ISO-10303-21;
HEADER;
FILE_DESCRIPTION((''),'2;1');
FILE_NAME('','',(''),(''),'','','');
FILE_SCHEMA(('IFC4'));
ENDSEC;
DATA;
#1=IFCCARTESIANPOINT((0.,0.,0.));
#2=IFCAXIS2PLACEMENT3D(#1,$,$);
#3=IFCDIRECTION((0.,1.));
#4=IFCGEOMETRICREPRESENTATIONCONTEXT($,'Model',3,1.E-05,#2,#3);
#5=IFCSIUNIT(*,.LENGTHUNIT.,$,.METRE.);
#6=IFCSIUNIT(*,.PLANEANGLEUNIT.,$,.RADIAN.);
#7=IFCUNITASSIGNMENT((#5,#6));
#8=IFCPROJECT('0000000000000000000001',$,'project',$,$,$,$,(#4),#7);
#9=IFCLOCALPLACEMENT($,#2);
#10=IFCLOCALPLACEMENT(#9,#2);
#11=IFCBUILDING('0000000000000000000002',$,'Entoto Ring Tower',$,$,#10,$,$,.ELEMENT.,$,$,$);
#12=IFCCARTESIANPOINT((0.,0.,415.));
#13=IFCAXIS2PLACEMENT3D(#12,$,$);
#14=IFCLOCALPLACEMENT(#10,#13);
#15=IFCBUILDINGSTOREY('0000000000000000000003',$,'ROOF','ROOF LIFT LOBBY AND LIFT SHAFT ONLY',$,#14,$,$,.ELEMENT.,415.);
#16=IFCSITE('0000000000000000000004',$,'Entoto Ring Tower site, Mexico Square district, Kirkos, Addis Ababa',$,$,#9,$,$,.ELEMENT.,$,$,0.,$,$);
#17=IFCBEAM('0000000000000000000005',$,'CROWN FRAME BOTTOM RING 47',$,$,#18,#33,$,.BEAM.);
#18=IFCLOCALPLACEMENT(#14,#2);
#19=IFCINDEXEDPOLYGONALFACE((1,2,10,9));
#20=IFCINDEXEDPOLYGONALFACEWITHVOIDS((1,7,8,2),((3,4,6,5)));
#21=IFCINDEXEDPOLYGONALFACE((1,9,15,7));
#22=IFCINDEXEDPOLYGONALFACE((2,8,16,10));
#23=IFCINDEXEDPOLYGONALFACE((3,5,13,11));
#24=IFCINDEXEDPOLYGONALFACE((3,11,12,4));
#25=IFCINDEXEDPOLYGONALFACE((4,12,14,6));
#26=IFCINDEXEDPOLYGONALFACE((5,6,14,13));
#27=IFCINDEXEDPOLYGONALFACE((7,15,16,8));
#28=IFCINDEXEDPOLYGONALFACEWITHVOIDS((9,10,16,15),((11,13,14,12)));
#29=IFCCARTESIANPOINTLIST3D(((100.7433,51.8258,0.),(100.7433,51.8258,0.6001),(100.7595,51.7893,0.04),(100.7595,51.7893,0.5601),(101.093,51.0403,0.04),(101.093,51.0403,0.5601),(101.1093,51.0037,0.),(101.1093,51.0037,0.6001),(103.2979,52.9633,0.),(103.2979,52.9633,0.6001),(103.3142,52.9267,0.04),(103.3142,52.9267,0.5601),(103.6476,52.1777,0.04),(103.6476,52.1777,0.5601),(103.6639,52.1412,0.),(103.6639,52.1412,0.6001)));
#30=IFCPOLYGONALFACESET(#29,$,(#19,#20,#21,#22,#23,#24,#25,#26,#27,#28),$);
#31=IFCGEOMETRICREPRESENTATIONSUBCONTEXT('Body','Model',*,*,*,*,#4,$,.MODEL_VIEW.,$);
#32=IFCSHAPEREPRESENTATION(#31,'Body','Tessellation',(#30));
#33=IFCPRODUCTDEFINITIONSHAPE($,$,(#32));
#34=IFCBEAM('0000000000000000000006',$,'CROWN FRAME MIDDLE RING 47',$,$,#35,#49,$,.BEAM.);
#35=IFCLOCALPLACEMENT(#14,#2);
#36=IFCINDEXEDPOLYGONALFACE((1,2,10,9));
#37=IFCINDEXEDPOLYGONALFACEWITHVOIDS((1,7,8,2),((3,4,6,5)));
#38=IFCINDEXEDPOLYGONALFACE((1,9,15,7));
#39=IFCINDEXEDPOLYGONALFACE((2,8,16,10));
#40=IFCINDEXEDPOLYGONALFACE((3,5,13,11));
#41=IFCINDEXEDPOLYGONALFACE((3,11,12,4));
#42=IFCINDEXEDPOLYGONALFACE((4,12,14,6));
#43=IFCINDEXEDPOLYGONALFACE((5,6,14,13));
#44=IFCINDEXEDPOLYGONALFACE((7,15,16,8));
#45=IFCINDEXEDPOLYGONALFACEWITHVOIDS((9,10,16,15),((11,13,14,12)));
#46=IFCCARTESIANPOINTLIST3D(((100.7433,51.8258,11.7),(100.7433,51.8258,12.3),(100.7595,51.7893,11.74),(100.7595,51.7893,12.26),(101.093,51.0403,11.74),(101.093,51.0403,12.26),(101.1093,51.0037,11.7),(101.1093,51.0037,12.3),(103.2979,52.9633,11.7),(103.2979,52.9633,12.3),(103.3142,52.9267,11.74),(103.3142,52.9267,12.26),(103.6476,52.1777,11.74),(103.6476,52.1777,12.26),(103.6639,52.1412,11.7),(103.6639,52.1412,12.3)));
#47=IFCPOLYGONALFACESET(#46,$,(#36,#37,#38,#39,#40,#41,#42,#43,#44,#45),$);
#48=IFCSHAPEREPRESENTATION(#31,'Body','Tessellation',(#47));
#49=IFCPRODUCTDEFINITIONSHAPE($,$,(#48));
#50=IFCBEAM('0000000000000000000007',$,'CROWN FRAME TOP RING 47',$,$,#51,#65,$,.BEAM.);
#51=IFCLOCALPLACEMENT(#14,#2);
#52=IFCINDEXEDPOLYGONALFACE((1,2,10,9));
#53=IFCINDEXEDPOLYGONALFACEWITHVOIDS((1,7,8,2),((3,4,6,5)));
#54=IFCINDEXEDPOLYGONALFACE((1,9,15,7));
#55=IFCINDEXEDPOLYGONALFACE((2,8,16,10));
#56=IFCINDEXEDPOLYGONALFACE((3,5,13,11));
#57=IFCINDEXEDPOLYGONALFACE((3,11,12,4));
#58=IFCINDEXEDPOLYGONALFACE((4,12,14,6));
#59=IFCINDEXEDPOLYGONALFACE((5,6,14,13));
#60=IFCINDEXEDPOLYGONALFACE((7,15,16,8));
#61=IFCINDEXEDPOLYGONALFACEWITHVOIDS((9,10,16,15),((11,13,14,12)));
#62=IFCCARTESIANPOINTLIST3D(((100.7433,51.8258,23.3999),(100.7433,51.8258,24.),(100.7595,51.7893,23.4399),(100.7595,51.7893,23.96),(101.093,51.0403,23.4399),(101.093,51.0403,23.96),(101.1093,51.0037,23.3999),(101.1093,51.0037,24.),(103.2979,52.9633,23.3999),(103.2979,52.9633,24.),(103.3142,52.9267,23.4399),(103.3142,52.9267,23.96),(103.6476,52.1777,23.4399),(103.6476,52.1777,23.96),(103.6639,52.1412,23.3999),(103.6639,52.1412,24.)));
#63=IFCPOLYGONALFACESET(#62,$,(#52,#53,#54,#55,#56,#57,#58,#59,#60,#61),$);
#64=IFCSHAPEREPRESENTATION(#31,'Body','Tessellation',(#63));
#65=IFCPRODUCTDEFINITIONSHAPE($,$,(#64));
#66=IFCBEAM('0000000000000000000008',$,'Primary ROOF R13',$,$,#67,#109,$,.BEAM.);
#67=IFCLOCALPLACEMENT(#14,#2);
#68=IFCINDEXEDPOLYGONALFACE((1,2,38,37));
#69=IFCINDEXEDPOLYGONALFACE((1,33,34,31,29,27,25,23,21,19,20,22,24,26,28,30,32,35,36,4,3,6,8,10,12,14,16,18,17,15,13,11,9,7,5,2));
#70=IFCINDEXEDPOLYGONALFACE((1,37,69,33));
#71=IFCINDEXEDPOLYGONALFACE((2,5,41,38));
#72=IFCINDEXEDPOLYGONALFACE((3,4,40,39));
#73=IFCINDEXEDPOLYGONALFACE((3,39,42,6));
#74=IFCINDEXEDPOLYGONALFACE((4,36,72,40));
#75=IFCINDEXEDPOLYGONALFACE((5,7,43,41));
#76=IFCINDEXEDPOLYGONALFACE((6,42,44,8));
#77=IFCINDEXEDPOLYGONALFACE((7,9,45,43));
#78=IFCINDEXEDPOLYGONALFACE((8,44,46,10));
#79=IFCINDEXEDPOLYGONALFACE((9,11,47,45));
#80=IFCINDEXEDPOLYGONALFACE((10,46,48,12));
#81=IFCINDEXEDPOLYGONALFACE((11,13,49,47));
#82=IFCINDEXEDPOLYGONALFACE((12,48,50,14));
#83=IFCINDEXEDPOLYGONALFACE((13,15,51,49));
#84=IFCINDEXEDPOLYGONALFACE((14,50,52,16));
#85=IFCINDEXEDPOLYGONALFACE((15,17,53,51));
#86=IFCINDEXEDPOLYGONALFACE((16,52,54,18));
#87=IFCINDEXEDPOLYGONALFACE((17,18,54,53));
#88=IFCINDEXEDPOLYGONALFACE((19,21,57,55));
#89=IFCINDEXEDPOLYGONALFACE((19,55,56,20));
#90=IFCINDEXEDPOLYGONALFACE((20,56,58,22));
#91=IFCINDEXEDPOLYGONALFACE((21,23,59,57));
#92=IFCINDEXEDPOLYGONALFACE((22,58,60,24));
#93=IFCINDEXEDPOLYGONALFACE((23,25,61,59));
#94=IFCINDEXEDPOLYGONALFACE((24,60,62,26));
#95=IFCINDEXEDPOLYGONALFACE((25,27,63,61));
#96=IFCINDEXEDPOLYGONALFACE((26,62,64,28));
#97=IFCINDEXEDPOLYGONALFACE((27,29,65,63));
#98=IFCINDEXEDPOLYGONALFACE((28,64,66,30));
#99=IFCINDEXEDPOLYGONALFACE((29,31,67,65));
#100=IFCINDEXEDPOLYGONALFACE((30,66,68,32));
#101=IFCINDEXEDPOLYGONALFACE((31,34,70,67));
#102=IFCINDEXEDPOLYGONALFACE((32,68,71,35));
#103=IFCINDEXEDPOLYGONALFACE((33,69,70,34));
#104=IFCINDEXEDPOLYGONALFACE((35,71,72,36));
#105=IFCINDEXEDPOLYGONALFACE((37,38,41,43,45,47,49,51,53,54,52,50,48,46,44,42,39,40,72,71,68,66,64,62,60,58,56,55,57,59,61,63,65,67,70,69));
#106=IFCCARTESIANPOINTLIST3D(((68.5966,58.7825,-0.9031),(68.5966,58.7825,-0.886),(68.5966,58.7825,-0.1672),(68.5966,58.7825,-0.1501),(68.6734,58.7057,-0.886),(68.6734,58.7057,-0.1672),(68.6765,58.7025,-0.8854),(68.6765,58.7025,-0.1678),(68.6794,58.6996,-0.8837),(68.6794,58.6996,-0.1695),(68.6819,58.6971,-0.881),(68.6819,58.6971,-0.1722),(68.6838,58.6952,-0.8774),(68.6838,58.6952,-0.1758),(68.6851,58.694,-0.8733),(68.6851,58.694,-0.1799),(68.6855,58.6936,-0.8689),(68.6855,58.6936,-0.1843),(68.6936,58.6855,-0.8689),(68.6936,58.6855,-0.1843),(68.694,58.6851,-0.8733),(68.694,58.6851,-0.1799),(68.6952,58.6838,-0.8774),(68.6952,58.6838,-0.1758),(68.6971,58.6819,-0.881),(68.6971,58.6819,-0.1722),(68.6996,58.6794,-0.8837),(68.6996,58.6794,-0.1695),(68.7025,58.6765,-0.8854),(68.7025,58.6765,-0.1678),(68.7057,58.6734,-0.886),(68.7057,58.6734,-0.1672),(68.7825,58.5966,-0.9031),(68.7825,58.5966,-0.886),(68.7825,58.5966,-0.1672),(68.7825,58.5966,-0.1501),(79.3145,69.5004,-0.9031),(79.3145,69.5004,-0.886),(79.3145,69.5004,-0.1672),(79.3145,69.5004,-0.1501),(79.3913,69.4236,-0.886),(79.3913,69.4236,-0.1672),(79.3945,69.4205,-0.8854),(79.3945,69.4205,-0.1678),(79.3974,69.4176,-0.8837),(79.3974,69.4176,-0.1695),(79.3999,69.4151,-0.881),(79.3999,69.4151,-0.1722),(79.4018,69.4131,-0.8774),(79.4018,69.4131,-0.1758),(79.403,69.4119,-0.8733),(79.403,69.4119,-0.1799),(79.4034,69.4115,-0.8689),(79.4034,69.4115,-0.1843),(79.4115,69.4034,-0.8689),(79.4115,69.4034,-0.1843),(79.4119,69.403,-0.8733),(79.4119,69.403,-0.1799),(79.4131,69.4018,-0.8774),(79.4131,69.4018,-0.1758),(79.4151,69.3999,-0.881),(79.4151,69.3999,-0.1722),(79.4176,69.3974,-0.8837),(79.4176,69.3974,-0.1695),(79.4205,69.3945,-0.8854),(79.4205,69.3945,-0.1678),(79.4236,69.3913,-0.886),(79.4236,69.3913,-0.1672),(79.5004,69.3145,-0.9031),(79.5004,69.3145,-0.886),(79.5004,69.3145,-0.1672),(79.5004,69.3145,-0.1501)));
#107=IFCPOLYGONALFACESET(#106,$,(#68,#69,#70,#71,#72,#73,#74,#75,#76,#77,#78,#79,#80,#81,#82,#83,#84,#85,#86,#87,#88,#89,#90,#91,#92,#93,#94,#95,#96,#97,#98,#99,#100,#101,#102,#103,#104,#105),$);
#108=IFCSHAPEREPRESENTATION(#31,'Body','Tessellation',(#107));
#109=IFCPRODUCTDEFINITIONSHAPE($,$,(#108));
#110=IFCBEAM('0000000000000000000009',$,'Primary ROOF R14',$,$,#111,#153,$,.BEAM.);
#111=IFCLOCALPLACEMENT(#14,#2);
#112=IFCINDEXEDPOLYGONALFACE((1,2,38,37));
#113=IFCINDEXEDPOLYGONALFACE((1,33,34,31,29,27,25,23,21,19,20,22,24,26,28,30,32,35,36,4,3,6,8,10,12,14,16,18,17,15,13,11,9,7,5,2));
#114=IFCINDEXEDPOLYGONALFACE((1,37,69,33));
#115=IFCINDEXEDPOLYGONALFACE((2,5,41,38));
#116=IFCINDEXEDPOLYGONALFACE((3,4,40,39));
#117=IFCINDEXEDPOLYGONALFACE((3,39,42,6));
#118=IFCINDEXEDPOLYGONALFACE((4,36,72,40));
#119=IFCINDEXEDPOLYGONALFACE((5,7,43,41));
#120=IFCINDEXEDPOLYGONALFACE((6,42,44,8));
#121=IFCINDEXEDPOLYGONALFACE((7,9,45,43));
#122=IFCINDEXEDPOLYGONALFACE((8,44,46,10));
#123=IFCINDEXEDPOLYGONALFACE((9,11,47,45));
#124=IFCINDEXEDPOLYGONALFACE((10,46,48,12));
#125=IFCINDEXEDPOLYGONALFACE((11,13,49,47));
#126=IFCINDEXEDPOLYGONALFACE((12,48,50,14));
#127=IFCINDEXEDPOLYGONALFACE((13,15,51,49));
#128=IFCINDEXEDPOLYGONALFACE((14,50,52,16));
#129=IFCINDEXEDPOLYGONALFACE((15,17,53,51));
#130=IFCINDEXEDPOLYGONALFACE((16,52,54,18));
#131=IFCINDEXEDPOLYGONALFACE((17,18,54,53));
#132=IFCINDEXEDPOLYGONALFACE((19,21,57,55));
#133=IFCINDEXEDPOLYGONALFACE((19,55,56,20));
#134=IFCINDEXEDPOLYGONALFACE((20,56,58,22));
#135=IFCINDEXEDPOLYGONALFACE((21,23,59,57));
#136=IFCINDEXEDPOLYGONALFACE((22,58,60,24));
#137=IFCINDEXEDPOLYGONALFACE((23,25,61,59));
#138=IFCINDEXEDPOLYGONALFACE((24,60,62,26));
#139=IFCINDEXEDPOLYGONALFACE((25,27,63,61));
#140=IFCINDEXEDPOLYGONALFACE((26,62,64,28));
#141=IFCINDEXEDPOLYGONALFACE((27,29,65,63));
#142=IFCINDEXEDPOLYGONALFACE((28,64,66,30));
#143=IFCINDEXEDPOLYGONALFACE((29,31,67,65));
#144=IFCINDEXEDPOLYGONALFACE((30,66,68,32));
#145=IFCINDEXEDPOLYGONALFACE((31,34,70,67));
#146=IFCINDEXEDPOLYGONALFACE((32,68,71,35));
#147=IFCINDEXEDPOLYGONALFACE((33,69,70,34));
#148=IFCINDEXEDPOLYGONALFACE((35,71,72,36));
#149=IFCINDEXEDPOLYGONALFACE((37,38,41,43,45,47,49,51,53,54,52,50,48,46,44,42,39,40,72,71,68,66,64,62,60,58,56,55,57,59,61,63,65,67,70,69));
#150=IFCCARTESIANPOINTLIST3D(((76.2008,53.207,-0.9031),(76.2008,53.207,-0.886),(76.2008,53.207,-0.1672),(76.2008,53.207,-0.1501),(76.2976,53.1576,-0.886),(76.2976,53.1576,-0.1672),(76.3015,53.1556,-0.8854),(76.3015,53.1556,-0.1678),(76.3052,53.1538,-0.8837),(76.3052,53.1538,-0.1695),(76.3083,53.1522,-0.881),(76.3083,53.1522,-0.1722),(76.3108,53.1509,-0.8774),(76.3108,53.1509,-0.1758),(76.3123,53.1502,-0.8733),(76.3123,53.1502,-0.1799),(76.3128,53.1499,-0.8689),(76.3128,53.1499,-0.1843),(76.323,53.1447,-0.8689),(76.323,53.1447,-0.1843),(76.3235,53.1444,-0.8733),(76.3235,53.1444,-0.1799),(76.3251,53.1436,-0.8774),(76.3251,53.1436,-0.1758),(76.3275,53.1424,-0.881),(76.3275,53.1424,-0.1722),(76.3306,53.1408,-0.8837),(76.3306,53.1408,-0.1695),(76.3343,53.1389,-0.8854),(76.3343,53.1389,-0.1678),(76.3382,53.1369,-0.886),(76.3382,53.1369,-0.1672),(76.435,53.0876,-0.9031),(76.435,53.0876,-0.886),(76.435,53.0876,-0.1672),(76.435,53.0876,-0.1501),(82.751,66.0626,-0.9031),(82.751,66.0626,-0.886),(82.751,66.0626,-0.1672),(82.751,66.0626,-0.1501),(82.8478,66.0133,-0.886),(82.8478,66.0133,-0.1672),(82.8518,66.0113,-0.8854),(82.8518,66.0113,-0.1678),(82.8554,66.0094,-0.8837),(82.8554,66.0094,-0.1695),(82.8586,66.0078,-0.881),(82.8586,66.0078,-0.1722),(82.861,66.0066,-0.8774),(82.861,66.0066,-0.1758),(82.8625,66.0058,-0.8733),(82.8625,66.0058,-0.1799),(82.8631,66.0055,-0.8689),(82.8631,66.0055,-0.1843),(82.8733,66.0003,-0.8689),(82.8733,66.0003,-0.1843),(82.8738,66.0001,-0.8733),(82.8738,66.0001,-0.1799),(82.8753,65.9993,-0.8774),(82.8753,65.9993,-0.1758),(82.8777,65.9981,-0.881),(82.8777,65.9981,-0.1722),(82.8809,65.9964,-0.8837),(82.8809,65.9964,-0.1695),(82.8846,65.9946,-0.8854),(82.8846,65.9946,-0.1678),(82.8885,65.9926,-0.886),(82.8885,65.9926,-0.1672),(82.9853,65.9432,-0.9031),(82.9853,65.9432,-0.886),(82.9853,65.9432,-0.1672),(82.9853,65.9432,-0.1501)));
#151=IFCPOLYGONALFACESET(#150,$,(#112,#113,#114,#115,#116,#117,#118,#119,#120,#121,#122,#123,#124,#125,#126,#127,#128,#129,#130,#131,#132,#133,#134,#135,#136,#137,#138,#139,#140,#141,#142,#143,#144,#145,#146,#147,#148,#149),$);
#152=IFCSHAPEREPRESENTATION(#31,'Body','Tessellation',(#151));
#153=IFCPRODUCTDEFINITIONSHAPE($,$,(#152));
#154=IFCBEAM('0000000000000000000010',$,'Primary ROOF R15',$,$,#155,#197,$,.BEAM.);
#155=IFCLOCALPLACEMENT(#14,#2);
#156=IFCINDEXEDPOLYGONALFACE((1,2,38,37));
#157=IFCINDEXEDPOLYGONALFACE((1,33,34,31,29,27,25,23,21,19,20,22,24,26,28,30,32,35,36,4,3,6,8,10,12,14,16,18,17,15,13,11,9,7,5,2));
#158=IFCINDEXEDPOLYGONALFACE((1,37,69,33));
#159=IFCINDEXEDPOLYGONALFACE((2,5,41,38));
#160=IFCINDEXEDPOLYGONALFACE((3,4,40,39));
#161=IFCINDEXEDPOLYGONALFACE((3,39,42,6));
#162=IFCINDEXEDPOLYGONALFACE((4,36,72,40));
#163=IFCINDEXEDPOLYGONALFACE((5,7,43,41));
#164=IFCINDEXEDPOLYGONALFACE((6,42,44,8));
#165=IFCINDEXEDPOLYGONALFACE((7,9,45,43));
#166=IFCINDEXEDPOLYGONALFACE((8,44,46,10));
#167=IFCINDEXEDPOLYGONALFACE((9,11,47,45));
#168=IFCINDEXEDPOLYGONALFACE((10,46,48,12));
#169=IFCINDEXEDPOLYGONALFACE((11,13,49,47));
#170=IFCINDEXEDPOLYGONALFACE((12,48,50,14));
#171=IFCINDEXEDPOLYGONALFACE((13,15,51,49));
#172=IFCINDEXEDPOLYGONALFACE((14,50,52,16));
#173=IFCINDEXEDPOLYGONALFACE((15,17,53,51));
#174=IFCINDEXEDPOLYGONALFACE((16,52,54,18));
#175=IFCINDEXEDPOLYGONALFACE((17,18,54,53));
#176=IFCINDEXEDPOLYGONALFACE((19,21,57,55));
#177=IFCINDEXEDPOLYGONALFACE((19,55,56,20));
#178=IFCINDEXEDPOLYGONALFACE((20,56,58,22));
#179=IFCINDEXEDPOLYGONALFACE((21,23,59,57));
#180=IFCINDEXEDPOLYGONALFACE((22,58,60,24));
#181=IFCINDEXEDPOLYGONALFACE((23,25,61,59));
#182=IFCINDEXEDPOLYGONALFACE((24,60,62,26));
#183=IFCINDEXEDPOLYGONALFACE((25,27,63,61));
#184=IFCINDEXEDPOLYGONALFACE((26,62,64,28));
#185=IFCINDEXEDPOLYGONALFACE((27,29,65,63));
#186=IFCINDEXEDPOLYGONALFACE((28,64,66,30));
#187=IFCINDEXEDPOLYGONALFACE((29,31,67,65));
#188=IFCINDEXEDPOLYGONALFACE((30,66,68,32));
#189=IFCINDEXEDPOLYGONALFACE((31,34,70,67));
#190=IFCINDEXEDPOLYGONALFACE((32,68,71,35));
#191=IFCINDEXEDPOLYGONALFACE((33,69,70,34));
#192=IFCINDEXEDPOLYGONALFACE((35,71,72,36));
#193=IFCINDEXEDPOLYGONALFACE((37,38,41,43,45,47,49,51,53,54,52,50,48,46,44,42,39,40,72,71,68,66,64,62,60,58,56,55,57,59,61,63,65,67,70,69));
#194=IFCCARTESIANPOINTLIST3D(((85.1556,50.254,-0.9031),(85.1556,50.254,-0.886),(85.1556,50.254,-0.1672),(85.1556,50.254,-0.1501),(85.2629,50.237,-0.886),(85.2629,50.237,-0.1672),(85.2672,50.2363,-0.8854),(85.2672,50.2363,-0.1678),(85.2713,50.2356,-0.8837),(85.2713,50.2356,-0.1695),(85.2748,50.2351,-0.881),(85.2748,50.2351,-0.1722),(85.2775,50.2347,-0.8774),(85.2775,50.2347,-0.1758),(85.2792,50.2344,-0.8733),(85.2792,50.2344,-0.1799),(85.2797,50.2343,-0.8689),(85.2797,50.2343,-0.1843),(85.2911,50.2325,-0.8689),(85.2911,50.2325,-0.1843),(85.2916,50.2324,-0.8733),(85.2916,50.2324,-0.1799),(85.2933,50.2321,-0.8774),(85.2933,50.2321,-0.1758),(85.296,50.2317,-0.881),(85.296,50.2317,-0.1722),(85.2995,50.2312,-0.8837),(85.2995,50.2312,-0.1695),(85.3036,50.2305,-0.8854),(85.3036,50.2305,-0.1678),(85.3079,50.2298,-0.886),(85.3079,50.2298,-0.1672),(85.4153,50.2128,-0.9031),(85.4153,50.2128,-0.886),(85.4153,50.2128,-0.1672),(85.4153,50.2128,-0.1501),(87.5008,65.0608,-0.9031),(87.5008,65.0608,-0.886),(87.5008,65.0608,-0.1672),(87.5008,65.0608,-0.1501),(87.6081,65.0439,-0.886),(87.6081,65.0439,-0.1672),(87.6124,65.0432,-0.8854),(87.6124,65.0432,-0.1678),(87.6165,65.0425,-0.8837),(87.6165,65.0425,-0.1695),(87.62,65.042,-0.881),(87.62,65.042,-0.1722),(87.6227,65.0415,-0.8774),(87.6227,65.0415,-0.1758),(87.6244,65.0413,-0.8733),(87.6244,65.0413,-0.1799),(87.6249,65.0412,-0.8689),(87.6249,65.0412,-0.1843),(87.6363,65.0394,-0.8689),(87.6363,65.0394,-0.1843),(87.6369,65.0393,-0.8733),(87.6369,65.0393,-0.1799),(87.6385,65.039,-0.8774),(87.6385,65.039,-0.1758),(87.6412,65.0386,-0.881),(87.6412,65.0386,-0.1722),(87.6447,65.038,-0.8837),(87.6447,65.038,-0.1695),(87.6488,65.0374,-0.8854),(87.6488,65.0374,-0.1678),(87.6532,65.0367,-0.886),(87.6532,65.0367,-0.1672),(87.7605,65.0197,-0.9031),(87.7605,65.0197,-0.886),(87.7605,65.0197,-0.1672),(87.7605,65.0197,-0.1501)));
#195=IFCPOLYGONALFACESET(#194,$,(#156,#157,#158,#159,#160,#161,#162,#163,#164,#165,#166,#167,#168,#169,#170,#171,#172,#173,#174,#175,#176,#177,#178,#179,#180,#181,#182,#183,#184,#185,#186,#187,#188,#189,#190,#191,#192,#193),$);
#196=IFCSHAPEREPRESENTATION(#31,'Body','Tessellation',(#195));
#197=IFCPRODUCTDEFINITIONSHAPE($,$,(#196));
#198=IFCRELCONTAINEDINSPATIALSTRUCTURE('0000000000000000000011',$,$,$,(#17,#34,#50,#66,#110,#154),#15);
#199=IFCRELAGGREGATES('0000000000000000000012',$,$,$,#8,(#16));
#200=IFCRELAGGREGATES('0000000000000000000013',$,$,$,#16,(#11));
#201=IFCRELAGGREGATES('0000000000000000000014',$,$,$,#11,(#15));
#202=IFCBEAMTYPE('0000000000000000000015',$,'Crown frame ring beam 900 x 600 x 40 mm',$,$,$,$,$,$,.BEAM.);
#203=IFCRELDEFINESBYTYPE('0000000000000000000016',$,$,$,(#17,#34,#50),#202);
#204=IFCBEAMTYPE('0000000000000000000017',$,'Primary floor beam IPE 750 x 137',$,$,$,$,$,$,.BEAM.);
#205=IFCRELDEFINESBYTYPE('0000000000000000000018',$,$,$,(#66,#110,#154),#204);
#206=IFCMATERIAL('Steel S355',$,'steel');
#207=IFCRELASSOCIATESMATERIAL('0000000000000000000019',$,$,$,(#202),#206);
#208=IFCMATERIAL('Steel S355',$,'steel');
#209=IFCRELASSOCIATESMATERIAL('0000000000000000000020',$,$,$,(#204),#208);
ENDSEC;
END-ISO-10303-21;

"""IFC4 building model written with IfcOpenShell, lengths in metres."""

from ifc_helpers import new_model, si_unit, direction, frame, origin, origin_2d, place, context, subcontext, project, spatial, hollow_rectangle, i_section, extrude, material, material_profile, profile_set, type_object, element, save


model = new_model("IFC4")

# Units and contexts
model_context = context("Model", 3, precision=1e-05, world=origin(), true_north=direction((0.0, 1.0)))
body_context = subcontext(model_context, "Body", "Model", "MODEL_VIEW")
ifc_project = project(units=[si_unit("LENGTHUNIT", "METRE"), si_unit("PLANEANGLEUNIT", "RADIAN")], contexts=[model_context])

# Site, building, storey
site_placement = place(None, origin())
site = spatial("IfcSite", under=ifc_project, at=site_placement, Name="Entoto Ring Tower site, Mexico Square district, Kirkos, Addis Ababa", CompositionType="ELEMENT", RefElevation=0.0)
building_placement = place(site_placement, origin())
building = spatial("IfcBuilding", under=site, at=building_placement, Name="Entoto Ring Tower", CompositionType="ELEMENT")
storey_placement = place(building_placement, frame((0.0, 0.0, 415.0)))
storey = spatial("IfcBuildingStorey", under=building, at=storey_placement, Name="ROOF", Description="ROOF LIFT LOBBY AND LIFT SHAFT ONLY", CompositionType="ELEMENT", Elevation=415.0)

# Beams
ifc_material_1 = material(Name="Steel S355", Category="steel")
ifc_material_profile_1 = material_profile(ifc_material_1, hollow_rectangle(XDim=0.8999, YDim=0.6001, WallThickness=0.04, at=origin_2d()), Name="Crown frame ring beam 900 x 600 x 40 mm")
ifc_profile_set_1 = profile_set([ifc_material_profile_1], Name="Steel S355")
beam_type_1 = type_object("IfcBeamType", Name="Crown frame ring beam 900 x 600 x 40 mm", PredefinedType="BEAM", material=ifc_profile_set_1)
for number, where, z_axis, x_axis, name in (
    (1, (100.9263, 51.4148, 0.3), (0.913541, 0.406746, 0.0), (-0.406746, 0.913541, 0.0), "CROWN FRAME BOTTOM RING 47"),
    (2, (100.9263, 51.4148, 12.0), (0.913541, 0.406746, 0.0), (-0.406746, 0.913541, 0.0), "CROWN FRAME MIDDLE RING 47"),
    (3, (100.9263, 51.4148, 23.7), (0.913541, 0.406746, 0.0), (-0.406746, 0.913541, 0.0), "CROWN FRAME TOP RING 47"),
):
    element("IfcBeam", number, at=place(storey_placement, frame(where, z_axis=z_axis, x_axis=x_axis)), inside=storey, type_object=beam_type_1, Name=name, PredefinedType="BEAM", context=body_context, shape_type="SweptSolid", body=[
        extrude(hollow_rectangle(XDim=0.8999, YDim=0.6001, WallThickness=0.04, at=origin_2d()), origin(), (0.0, 0.0, 1.0), 2.7964),
    ])
ifc_material_2 = material(Name="Steel S355", Category="steel")
ifc_material_profile_2 = material_profile(ifc_material_2, i_section(OverallWidth=0.2629, OverallDepth=0.7529, WebThickness=0.0115, FlangeThickness=0.0171, FilletRadius=0.0171, at=origin_2d()), Name="IPE 750 x 137")
ifc_profile_set_2 = profile_set([ifc_material_profile_2], Name="Steel S355")
beam_type_2 = type_object("IfcBeamType", Name="Primary floor beam IPE 750 x 137", PredefinedType="BEAM", material=ifc_profile_set_2)
beam_1_placement = place(storey_placement, frame((79.4075, 69.4075, -0.5266), z_axis=(-0.707107, -0.707107, 0.0), x_axis=(0.707107, -0.707107, 0.0)))
element("IfcBeam", 4, at=beam_1_placement, inside=storey, type_object=beam_type_2, Name="Primary ROOF R13", PredefinedType="BEAM", context=body_context, shape_type="SweptSolid", body=[
    extrude(i_section(OverallWidth=0.2629, OverallDepth=0.7529, WebThickness=0.0115, FlangeThickness=0.0171, FilletRadius=0.0171, at=origin_2d()), origin(), (0.0, 0.0, 1.0), 15.1575),
])
beam_2_placement = place(storey_placement, frame((82.8682, 66.0029, -0.5266), z_axis=(-0.453989, -0.891007, 0.0), x_axis=(0.891007, -0.453989, 0.0)))
element("IfcBeam", 5, at=beam_2_placement, inside=storey, type_object=beam_type_2, Name="Primary ROOF R14", PredefinedType="BEAM", context=body_context, shape_type="SweptSolid", body=[
    extrude(i_section(OverallWidth=0.2629, OverallDepth=0.7529, WebThickness=0.0115, FlangeThickness=0.0171, FilletRadius=0.0171, at=origin_2d()), origin(), (0.0, 0.0, 1.0), 14.4282),
])
for number, where, z_axis, x_axis, name in (
    (6, (87.6306, 65.0403, -0.5266), (-0.156437, -0.987688, 0.0), (0.987688, -0.156437, 0.0), "Primary ROOF R15"),
):
    element("IfcBeam", number, at=place(storey_placement, frame(where, z_axis=z_axis, x_axis=x_axis)), inside=storey, type_object=beam_type_2, Name=name, PredefinedType="BEAM", context=body_context, shape_type="SweptSolid", body=[
        extrude(i_section(OverallWidth=0.2629, OverallDepth=0.7529, WebThickness=0.0115, FlangeThickness=0.0171, FilletRadius=0.0171, at=origin_2d()), origin(), (0.0, 0.0, 1.0), 14.9915),
    ])

save(model, "model.ifc")
